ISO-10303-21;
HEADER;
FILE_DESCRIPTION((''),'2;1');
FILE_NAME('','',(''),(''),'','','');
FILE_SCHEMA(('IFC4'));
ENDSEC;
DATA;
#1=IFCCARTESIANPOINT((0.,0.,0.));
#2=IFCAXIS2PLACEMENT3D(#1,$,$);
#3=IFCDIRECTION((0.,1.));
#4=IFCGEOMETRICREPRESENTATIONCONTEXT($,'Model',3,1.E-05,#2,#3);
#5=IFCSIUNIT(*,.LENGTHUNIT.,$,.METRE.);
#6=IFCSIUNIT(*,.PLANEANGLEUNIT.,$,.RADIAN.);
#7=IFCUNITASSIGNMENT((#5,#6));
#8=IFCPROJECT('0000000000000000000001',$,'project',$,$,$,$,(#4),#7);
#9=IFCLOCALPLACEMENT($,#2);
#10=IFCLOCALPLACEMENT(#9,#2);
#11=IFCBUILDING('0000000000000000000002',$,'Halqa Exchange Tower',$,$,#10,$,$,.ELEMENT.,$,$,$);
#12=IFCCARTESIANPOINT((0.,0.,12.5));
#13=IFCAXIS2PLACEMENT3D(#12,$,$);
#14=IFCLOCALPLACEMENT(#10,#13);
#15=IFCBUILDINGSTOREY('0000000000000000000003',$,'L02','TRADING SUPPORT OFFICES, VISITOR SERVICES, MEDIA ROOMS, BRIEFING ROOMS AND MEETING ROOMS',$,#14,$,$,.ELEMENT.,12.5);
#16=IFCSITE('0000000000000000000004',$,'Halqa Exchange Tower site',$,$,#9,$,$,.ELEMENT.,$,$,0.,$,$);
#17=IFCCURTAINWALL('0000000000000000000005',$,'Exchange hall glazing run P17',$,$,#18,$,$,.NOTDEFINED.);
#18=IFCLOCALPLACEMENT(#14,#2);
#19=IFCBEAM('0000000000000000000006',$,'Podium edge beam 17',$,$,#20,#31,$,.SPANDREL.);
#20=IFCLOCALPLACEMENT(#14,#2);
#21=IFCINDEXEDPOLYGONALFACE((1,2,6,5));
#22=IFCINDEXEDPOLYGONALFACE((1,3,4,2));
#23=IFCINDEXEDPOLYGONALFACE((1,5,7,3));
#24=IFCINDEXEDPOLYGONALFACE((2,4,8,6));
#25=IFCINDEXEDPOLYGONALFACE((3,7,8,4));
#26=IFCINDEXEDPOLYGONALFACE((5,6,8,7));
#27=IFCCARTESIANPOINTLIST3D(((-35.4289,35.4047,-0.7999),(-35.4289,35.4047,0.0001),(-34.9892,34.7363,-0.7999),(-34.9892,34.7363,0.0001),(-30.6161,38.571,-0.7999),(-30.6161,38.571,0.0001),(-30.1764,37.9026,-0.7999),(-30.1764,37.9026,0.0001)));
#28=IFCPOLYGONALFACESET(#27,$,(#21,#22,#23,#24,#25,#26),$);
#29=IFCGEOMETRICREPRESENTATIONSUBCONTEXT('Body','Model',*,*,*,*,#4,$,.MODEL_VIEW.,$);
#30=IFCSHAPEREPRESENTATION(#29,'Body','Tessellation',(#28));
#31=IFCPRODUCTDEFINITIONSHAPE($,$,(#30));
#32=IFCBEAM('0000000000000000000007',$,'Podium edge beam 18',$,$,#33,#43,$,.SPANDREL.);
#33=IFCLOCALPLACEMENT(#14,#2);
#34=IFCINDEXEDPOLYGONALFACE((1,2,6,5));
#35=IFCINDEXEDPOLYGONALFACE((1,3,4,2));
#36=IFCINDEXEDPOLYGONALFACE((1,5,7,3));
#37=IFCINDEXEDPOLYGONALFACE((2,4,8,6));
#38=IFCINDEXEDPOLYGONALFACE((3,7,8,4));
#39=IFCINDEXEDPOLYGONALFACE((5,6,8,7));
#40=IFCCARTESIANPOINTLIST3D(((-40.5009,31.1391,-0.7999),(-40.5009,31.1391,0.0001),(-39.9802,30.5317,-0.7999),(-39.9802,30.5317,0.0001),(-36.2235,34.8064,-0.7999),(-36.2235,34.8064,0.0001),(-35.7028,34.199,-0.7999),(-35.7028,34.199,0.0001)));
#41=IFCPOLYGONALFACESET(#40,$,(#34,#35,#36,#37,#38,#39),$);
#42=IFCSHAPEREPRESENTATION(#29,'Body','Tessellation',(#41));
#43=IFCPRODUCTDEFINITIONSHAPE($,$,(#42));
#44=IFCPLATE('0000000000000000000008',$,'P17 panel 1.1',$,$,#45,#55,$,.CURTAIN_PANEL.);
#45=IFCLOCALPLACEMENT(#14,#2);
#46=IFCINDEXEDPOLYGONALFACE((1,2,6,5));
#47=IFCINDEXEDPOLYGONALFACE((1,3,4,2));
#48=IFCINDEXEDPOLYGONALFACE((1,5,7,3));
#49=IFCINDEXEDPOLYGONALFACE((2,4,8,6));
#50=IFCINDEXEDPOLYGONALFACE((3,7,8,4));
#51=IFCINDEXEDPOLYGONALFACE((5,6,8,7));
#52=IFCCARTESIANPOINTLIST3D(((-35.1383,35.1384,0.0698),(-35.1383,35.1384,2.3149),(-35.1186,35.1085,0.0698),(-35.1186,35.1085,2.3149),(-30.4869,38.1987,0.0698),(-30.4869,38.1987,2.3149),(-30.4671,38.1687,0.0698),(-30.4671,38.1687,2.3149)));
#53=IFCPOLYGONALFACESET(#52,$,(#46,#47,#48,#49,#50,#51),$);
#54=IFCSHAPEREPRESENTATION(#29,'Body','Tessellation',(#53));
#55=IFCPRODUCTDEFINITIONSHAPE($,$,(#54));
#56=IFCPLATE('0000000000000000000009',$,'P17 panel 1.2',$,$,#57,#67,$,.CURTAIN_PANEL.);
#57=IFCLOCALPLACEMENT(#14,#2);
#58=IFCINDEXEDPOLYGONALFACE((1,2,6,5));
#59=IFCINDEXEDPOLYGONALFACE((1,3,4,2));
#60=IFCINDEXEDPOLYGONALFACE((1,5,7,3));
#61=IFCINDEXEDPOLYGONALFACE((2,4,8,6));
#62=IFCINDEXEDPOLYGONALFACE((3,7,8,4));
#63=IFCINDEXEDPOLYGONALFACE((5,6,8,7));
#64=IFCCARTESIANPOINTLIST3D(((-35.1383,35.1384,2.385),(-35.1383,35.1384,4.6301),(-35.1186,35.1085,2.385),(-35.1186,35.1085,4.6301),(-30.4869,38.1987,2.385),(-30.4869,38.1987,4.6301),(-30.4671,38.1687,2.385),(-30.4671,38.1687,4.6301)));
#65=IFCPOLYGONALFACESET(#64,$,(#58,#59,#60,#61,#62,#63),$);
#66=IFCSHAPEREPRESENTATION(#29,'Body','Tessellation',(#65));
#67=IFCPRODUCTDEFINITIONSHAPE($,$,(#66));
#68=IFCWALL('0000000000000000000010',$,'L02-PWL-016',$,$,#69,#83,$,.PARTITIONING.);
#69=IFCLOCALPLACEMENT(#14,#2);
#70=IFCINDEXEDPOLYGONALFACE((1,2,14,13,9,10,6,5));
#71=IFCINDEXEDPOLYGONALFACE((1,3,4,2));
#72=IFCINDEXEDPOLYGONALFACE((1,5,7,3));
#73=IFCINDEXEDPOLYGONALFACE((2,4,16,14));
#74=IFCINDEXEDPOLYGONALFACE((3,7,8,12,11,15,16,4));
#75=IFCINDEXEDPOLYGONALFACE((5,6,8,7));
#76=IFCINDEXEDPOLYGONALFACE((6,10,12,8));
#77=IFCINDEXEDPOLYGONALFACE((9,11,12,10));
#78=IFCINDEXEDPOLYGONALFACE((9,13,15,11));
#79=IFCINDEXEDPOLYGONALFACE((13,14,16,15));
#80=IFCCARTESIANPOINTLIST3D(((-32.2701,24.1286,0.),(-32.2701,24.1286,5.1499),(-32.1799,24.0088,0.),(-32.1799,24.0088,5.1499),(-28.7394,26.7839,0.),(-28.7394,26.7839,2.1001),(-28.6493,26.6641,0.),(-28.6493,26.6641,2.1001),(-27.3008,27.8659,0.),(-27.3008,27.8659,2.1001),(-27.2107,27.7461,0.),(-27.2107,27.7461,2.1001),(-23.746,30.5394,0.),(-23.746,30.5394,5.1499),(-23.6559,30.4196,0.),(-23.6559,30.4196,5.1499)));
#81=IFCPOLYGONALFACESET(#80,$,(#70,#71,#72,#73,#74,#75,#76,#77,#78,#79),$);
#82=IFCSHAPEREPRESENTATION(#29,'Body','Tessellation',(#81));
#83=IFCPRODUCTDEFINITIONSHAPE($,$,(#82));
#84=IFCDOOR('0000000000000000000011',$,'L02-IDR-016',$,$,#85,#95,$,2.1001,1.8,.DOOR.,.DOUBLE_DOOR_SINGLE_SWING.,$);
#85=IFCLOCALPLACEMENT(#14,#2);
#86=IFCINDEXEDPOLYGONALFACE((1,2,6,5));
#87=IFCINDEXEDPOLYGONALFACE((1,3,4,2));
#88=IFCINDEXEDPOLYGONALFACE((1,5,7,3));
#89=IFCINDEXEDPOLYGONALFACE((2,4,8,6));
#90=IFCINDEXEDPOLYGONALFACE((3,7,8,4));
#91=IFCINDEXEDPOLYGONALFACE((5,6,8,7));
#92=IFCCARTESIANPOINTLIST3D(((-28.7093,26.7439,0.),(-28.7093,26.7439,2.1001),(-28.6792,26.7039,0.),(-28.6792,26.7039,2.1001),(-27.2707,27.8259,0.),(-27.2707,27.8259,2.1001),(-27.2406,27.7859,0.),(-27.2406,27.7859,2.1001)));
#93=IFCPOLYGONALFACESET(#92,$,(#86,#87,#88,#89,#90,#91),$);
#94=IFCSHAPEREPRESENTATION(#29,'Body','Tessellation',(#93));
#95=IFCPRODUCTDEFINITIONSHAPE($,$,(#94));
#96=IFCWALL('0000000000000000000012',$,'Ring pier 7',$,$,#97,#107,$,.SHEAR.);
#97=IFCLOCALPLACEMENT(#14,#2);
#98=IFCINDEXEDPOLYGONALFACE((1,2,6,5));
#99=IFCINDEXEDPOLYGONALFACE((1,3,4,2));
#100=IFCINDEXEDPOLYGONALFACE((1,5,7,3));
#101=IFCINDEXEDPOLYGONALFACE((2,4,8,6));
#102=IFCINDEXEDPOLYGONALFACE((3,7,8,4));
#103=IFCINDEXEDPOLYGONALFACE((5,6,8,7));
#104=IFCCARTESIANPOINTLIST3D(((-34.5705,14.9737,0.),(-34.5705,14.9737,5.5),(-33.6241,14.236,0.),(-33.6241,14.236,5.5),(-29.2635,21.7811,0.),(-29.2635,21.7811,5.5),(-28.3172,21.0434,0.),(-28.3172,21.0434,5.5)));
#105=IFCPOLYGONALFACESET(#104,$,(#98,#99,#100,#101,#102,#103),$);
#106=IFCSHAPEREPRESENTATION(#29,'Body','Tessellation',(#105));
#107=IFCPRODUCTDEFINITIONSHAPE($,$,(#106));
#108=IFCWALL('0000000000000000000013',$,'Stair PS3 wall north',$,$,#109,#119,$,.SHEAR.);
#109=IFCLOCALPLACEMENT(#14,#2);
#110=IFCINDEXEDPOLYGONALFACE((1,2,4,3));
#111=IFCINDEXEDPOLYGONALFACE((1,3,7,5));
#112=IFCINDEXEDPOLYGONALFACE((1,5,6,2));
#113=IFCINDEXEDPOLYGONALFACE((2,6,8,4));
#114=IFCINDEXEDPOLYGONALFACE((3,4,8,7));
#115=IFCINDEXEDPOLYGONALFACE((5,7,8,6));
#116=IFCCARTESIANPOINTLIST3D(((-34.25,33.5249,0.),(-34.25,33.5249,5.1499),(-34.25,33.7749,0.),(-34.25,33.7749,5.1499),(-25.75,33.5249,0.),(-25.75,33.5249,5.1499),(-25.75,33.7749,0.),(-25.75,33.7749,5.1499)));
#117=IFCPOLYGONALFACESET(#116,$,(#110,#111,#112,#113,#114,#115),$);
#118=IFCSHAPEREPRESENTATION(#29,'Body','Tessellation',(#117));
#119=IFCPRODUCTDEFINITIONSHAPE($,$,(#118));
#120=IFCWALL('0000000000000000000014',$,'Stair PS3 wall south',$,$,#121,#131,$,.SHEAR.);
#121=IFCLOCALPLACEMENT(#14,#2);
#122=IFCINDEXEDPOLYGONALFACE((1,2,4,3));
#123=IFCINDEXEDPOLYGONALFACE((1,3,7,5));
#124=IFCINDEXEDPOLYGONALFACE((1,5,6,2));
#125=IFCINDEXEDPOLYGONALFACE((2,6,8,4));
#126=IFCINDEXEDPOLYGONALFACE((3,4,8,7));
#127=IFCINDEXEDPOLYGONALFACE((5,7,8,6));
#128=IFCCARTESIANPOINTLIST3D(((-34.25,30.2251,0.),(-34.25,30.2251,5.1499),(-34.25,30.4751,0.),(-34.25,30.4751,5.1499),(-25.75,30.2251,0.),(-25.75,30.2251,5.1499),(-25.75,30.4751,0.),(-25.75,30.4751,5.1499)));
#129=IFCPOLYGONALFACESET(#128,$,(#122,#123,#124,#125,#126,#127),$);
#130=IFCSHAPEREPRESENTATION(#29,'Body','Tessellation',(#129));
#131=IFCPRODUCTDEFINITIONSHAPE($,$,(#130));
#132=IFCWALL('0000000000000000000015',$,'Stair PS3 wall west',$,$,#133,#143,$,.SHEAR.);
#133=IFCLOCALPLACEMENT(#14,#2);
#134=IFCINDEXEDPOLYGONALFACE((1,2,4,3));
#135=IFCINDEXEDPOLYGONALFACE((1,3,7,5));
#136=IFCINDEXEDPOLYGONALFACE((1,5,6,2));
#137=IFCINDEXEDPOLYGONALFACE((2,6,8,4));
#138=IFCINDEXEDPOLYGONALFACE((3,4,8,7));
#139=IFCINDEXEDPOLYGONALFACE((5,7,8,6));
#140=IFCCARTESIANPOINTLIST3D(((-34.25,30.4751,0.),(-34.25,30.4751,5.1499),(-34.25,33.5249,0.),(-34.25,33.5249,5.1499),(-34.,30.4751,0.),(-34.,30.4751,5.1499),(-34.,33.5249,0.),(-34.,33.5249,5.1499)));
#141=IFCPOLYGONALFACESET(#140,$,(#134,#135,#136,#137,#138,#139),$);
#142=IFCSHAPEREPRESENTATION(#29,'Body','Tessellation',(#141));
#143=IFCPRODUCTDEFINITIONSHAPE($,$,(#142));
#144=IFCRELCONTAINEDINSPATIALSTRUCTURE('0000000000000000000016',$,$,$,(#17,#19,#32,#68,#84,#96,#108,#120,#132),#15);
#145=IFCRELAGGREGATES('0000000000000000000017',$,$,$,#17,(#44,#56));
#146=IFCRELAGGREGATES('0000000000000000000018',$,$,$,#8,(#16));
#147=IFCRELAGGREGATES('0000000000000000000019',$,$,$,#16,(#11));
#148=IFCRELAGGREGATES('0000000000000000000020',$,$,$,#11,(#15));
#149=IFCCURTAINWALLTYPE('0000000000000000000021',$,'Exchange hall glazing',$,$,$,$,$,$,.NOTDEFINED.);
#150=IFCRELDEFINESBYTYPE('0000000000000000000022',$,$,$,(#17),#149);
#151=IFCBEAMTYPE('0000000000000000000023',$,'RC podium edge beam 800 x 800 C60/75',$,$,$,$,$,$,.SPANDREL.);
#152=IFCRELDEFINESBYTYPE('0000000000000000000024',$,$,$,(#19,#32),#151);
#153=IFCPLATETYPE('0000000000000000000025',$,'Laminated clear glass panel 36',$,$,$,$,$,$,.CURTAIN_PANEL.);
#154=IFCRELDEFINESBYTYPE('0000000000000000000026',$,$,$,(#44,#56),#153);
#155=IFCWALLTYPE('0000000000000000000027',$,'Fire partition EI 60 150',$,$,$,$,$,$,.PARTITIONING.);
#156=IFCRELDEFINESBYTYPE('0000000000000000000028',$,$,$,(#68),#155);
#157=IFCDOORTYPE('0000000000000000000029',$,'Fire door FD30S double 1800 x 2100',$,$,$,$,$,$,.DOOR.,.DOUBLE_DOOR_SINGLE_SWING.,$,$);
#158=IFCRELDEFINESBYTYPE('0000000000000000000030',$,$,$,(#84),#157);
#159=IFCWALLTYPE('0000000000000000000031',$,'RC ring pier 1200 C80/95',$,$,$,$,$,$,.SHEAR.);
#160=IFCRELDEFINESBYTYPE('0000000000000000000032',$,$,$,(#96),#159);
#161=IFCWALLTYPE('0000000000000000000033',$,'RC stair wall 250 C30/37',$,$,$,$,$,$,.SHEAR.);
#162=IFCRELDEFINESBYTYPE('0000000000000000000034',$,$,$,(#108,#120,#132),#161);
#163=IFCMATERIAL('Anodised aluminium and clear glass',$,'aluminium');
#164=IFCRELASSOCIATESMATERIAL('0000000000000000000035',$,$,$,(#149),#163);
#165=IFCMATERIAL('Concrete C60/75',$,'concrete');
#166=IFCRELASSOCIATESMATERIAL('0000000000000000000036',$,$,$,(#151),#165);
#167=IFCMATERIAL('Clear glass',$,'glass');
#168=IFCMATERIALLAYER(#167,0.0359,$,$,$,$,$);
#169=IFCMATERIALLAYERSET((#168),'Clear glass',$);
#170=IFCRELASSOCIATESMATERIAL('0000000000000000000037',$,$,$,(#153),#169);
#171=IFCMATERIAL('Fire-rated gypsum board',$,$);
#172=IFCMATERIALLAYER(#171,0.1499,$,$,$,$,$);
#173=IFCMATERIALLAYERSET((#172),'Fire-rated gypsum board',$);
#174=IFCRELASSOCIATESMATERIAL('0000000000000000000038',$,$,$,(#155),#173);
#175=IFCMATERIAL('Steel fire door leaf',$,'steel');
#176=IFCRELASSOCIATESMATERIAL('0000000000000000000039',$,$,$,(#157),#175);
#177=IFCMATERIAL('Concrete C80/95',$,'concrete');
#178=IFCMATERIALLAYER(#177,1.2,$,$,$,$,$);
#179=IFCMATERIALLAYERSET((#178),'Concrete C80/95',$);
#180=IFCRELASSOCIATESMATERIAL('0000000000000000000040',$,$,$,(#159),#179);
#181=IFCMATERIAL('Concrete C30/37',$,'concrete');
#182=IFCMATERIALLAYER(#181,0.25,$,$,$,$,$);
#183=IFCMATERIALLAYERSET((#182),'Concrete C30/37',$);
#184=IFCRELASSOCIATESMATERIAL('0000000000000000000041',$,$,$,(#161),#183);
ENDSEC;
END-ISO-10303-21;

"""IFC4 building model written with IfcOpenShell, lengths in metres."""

from ifc_helpers import new_model, si_unit, direction, frame, frame_2d, origin, origin_2d, place, context, subcontext, project, spatial, rectangle, extrude, material, layer, layer_set, material_profile, profile_set, type_object, element, fill, aggregate, save


model = new_model("IFC4")

# Units and contexts
model_context = context("Model", 3, precision=1e-05, world=origin(), true_north=direction((0.0, 1.0)))
body_context = subcontext(model_context, "Body", "Model", "MODEL_VIEW")
ifc_project = project(units=[si_unit("LENGTHUNIT", "METRE"), si_unit("PLANEANGLEUNIT", "RADIAN")], contexts=[model_context])

# Site, building, storey
site_placement = place(None, origin())
site = spatial("IfcSite", under=ifc_project, at=site_placement, Name="Halqa Exchange Tower site", CompositionType="ELEMENT", RefElevation=0.0)
building_placement = place(site_placement, origin())
building = spatial("IfcBuilding", under=site, at=building_placement, Name="Halqa Exchange Tower", CompositionType="ELEMENT")
storey_placement = place(building_placement, frame((0.0, 0.0, 12.5)))
storey = spatial("IfcBuildingStorey", under=building, at=storey_placement, Name="L02", Description="TRADING SUPPORT OFFICES, VISITOR SERVICES, MEDIA ROOMS, BRIEFING ROOMS AND MEETING ROOMS", CompositionType="ELEMENT", Elevation=12.5)

# Shared definitions
ifc_material_1 = material(Name="Concrete C60/75", Category="concrete")

# Shared definitions
ifc_material_2 = material(Name="Anodised aluminium and clear glass", Category="aluminium")
curtain_wall_type = type_object("IfcCurtainWallType", Name="Exchange hall glazing", PredefinedType="NOTDEFINED", material=ifc_material_2)

# Curtain wall
curtain_wall_1_placement = place(storey_placement, origin())
curtain_wall_1 = element("IfcCurtainWall", 1, at=curtain_wall_1_placement, inside=storey, type_object=curtain_wall_type, Name="Exchange hall glazing run P17", PredefinedType="NOTDEFINED")

# Beams
ifc_material_profile_1 = material_profile(ifc_material_1, rectangle(XDim=0.8, YDim=0.8, at=origin_2d()), Name="800 x 800")
ifc_profile_set_1 = profile_set([ifc_material_profile_1], Name="Concrete C60/75")
beam_type_1 = type_object("IfcBeamType", Name="RC podium edge beam 800 x 800 C60/75", PredefinedType="SPANDREL", material=ifc_profile_set_1)
beam_1_placement = place(storey_placement, frame((-30.3962, 38.2368, -0.3999), z_axis=(-0.835419, -0.549614, 0.0), x_axis=(0.549614, -0.835419, 0.0)))
element("IfcBeam", 2, at=beam_1_placement, inside=storey, type_object=beam_type_1, Name="Podium edge beam 17", PredefinedType="SPANDREL", context=body_context, shape_type="SweptSolid", body=[
    extrude(rectangle(XDim=0.8, YDim=0.8, at=origin_2d()), origin(), (0.0, 0.0, 1.0), 5.761),
])
beam_2_placement = place(storey_placement, frame((-35.9631, 34.5027, -0.3999), z_axis=(-0.759174, -0.650888, 0.0), x_axis=(0.650888, -0.759174, 0.0)))
element("IfcBeam", 3, at=beam_2_placement, inside=storey, type_object=beam_type_1, Name="Podium edge beam 18", PredefinedType="SPANDREL", context=body_context, shape_type="SweptSolid", body=[
    extrude(rectangle(XDim=0.8, YDim=0.8, at=origin_2d()), origin(), (0.0, 0.0, 1.0), 5.6343),
])

# Plates
ifc_material_3 = material(Name="Clear glass", Category="glass")
ifc_layer_1 = layer(ifc_material_3, 0.0359)
ifc_layer_set_1 = layer_set([ifc_layer_1], Name="Clear glass")
plate_type = type_object("IfcPlateType", Name="Laminated clear glass panel 36", PredefinedType="CURTAIN_PANEL", material=ifc_layer_set_1)
plate_1_placement = place(storey_placement, frame((-32.8027, 36.6536, 0.0698), z_axis=(0.0, 0.0, 1.0), x_axis=(-0.835415, -0.54962, 0.0)))
plate_1 = element("IfcPlate", 4, at=plate_1_placement, type_object=plate_type, Name="P17 panel 1.1", PredefinedType="CURTAIN_PANEL", context=body_context, shape_type="SweptSolid", body=[
    extrude(rectangle(XDim=5.5679, YDim=0.0359, at=origin_2d()), origin(), (0.0, 0.0, 1.0), 2.2451),
])
plate_2_placement = place(storey_placement, frame((-32.8027, 36.6536, 2.385), z_axis=(0.0, 0.0, 1.0), x_axis=(-0.835415, -0.54962, 0.0)))
plate_2 = element("IfcPlate", 5, at=plate_2_placement, type_object=plate_type, Name="P17 panel 1.2", PredefinedType="CURTAIN_PANEL", context=body_context, shape_type="SweptSolid", body=[
    extrude(rectangle(XDim=5.5679, YDim=0.0359, at=origin_2d()), origin(), (0.0, 0.0, 1.0), 2.2451),
])
aggregate(curtain_wall_1, [plate_1, plate_2])

# Wall, opening, door
ifc_material_4 = material(Name="Fire-rated gypsum board")
ifc_layer_2 = layer(ifc_material_4, 0.1499)
ifc_layer_set_2 = layer_set([ifc_layer_2], Name="Fire-rated gypsum board")
wall_type_1 = type_object("IfcWallType", Name="Fire partition EI 60 150", PredefinedType="PARTITIONING", material=ifc_layer_set_2)
wall_1_placement = place(storey_placement, frame((-32.2251, 24.0686, 0.0), z_axis=(0.0, 0.0, 1.0), x_axis=(0.7992, 0.601065, 0.0)))
wall_1 = element("IfcWall", 6, at=wall_1_placement, inside=storey, type_object=wall_type_1, Name="L02-PWL-016", PredefinedType="PARTITIONING", context=body_context, shape_type="SweptSolid", body=[
    extrude(rectangle(XDim=10.6658, YDim=0.1499, at=frame_2d((5.333, 0.0))), origin(), (0.0, 0.0, 1.0), 5.1499),
])
opening_placement = place(wall_1_placement, frame((4.418, 0.0, 0.0)))
opening = element("IfcOpeningElement", 7, at=opening_placement, cuts=wall_1, PredefinedType="OPENING", context=body_context, shape_type="SweptSolid", body=[
    extrude(rectangle(XDim=1.8, YDim=2.1001, at=frame_2d((0.8999, 1.05))), frame((0.0, 0.0869, 0.0), z_axis=(0.0, -1.0, 0.0), x_axis=(1.0, 0.0, 0.0)), (0.0, 0.0, 1.0), 0.1738),
])
ifc_material_5 = material(Name="Steel fire door leaf", Category="steel")
door_type = type_object("IfcDoorType", Name="Fire door FD30S double 1800 x 2100", OperationType="DOUBLE_DOOR_SINGLE_SWING", PredefinedType="DOOR", material=ifc_material_5)
door_placement = place(opening_placement, origin())
door = element("IfcDoor", 8, at=door_placement, inside=storey, type_object=door_type, Name="L02-IDR-016", OperationType="DOUBLE_DOOR_SINGLE_SWING", OverallHeight=2.1001, OverallWidth=1.8, PredefinedType="DOOR", context=body_context, shape_type="SweptSolid", body=[
    extrude(rectangle(XDim=1.8, YDim=2.1001, at=frame_2d((0.8999, 1.05))), frame((0.0, 0.0249, 0.0), z_axis=(0.0, -1.0, 0.0), x_axis=(1.0, 0.0, 0.0)), (0.0, 0.0, 1.0), 0.05),
])
fill(opening, door)

# Walls
ifc_material_6 = material(Name="Concrete C80/95", Category="concrete")
ifc_layer_3 = layer(ifc_material_6, 1.2)
ifc_layer_set_3 = layer_set([ifc_layer_3], Name="Concrete C80/95")
wall_type_2 = type_object("IfcWallType", Name="RC ring pier 1200 C80/95", PredefinedType="SHEAR", material=ifc_layer_set_3)
wall_2_placement = place(storey_placement, frame((-28.7903, 21.4124, 0.0), z_axis=(0.0, 0.0, 1.0), x_axis=(-0.614825, -0.788663, 0.0)))
element("IfcWall", 9, at=wall_2_placement, inside=storey, type_object=wall_type_2, Name="Ring pier 7", PredefinedType="SHEAR", context=body_context, shape_type="SweptSolid", body=[
    extrude(rectangle(XDim=8.6316, YDim=1.2, at=frame_2d((4.3159, 0.0))), origin(), (0.0, 0.0, 1.0), 5.5),
])
ifc_material_7 = material(Name="Concrete C30/37", Category="concrete")
ifc_layer_4 = layer(ifc_material_7, 0.25)
ifc_layer_set_4 = layer_set([ifc_layer_4], Name="Concrete C30/37")
wall_type_3 = type_object("IfcWallType", Name="RC stair wall 250 C30/37", PredefinedType="SHEAR", material=ifc_layer_set_4)
for number, where, z_axis, x_axis, name in (
    (10, (-34.25, 33.6499, 0.0), (0.0, 0.0, 1.0), (1.0, 0.0, 0.0), "Stair PS3 wall north"),
    (11, (-34.25, 30.3501, 0.0), (0.0, 0.0, 1.0), (1.0, 0.0, 0.0), "Stair PS3 wall south"),
):
    element("IfcWall", number, at=place(storey_placement, frame(where, z_axis=z_axis, x_axis=x_axis)), inside=storey, type_object=wall_type_3, Name=name, PredefinedType="SHEAR", context=body_context, shape_type="SweptSolid", body=[
        extrude(rectangle(XDim=8.5, YDim=0.25, at=frame_2d((4.25, 0.0))), origin(), (0.0, 0.0, 1.0), 5.1499),
    ])
wall_3_placement = place(storey_placement, frame((-34.125, 30.4751, 0.0), z_axis=(0.0, 0.0, 1.0), x_axis=(0.0, 1.0, 0.0)))
element("IfcWall", 12, at=wall_3_placement, inside=storey, type_object=wall_type_3, Name="Stair PS3 wall west", PredefinedType="SHEAR", context=body_context, shape_type="SweptSolid", body=[
    extrude(rectangle(XDim=3.0498, YDim=0.25, at=frame_2d((1.5249, 0.0))), origin(), (0.0, 0.0, 1.0), 5.1499),
])

save(model, "model.ifc")
